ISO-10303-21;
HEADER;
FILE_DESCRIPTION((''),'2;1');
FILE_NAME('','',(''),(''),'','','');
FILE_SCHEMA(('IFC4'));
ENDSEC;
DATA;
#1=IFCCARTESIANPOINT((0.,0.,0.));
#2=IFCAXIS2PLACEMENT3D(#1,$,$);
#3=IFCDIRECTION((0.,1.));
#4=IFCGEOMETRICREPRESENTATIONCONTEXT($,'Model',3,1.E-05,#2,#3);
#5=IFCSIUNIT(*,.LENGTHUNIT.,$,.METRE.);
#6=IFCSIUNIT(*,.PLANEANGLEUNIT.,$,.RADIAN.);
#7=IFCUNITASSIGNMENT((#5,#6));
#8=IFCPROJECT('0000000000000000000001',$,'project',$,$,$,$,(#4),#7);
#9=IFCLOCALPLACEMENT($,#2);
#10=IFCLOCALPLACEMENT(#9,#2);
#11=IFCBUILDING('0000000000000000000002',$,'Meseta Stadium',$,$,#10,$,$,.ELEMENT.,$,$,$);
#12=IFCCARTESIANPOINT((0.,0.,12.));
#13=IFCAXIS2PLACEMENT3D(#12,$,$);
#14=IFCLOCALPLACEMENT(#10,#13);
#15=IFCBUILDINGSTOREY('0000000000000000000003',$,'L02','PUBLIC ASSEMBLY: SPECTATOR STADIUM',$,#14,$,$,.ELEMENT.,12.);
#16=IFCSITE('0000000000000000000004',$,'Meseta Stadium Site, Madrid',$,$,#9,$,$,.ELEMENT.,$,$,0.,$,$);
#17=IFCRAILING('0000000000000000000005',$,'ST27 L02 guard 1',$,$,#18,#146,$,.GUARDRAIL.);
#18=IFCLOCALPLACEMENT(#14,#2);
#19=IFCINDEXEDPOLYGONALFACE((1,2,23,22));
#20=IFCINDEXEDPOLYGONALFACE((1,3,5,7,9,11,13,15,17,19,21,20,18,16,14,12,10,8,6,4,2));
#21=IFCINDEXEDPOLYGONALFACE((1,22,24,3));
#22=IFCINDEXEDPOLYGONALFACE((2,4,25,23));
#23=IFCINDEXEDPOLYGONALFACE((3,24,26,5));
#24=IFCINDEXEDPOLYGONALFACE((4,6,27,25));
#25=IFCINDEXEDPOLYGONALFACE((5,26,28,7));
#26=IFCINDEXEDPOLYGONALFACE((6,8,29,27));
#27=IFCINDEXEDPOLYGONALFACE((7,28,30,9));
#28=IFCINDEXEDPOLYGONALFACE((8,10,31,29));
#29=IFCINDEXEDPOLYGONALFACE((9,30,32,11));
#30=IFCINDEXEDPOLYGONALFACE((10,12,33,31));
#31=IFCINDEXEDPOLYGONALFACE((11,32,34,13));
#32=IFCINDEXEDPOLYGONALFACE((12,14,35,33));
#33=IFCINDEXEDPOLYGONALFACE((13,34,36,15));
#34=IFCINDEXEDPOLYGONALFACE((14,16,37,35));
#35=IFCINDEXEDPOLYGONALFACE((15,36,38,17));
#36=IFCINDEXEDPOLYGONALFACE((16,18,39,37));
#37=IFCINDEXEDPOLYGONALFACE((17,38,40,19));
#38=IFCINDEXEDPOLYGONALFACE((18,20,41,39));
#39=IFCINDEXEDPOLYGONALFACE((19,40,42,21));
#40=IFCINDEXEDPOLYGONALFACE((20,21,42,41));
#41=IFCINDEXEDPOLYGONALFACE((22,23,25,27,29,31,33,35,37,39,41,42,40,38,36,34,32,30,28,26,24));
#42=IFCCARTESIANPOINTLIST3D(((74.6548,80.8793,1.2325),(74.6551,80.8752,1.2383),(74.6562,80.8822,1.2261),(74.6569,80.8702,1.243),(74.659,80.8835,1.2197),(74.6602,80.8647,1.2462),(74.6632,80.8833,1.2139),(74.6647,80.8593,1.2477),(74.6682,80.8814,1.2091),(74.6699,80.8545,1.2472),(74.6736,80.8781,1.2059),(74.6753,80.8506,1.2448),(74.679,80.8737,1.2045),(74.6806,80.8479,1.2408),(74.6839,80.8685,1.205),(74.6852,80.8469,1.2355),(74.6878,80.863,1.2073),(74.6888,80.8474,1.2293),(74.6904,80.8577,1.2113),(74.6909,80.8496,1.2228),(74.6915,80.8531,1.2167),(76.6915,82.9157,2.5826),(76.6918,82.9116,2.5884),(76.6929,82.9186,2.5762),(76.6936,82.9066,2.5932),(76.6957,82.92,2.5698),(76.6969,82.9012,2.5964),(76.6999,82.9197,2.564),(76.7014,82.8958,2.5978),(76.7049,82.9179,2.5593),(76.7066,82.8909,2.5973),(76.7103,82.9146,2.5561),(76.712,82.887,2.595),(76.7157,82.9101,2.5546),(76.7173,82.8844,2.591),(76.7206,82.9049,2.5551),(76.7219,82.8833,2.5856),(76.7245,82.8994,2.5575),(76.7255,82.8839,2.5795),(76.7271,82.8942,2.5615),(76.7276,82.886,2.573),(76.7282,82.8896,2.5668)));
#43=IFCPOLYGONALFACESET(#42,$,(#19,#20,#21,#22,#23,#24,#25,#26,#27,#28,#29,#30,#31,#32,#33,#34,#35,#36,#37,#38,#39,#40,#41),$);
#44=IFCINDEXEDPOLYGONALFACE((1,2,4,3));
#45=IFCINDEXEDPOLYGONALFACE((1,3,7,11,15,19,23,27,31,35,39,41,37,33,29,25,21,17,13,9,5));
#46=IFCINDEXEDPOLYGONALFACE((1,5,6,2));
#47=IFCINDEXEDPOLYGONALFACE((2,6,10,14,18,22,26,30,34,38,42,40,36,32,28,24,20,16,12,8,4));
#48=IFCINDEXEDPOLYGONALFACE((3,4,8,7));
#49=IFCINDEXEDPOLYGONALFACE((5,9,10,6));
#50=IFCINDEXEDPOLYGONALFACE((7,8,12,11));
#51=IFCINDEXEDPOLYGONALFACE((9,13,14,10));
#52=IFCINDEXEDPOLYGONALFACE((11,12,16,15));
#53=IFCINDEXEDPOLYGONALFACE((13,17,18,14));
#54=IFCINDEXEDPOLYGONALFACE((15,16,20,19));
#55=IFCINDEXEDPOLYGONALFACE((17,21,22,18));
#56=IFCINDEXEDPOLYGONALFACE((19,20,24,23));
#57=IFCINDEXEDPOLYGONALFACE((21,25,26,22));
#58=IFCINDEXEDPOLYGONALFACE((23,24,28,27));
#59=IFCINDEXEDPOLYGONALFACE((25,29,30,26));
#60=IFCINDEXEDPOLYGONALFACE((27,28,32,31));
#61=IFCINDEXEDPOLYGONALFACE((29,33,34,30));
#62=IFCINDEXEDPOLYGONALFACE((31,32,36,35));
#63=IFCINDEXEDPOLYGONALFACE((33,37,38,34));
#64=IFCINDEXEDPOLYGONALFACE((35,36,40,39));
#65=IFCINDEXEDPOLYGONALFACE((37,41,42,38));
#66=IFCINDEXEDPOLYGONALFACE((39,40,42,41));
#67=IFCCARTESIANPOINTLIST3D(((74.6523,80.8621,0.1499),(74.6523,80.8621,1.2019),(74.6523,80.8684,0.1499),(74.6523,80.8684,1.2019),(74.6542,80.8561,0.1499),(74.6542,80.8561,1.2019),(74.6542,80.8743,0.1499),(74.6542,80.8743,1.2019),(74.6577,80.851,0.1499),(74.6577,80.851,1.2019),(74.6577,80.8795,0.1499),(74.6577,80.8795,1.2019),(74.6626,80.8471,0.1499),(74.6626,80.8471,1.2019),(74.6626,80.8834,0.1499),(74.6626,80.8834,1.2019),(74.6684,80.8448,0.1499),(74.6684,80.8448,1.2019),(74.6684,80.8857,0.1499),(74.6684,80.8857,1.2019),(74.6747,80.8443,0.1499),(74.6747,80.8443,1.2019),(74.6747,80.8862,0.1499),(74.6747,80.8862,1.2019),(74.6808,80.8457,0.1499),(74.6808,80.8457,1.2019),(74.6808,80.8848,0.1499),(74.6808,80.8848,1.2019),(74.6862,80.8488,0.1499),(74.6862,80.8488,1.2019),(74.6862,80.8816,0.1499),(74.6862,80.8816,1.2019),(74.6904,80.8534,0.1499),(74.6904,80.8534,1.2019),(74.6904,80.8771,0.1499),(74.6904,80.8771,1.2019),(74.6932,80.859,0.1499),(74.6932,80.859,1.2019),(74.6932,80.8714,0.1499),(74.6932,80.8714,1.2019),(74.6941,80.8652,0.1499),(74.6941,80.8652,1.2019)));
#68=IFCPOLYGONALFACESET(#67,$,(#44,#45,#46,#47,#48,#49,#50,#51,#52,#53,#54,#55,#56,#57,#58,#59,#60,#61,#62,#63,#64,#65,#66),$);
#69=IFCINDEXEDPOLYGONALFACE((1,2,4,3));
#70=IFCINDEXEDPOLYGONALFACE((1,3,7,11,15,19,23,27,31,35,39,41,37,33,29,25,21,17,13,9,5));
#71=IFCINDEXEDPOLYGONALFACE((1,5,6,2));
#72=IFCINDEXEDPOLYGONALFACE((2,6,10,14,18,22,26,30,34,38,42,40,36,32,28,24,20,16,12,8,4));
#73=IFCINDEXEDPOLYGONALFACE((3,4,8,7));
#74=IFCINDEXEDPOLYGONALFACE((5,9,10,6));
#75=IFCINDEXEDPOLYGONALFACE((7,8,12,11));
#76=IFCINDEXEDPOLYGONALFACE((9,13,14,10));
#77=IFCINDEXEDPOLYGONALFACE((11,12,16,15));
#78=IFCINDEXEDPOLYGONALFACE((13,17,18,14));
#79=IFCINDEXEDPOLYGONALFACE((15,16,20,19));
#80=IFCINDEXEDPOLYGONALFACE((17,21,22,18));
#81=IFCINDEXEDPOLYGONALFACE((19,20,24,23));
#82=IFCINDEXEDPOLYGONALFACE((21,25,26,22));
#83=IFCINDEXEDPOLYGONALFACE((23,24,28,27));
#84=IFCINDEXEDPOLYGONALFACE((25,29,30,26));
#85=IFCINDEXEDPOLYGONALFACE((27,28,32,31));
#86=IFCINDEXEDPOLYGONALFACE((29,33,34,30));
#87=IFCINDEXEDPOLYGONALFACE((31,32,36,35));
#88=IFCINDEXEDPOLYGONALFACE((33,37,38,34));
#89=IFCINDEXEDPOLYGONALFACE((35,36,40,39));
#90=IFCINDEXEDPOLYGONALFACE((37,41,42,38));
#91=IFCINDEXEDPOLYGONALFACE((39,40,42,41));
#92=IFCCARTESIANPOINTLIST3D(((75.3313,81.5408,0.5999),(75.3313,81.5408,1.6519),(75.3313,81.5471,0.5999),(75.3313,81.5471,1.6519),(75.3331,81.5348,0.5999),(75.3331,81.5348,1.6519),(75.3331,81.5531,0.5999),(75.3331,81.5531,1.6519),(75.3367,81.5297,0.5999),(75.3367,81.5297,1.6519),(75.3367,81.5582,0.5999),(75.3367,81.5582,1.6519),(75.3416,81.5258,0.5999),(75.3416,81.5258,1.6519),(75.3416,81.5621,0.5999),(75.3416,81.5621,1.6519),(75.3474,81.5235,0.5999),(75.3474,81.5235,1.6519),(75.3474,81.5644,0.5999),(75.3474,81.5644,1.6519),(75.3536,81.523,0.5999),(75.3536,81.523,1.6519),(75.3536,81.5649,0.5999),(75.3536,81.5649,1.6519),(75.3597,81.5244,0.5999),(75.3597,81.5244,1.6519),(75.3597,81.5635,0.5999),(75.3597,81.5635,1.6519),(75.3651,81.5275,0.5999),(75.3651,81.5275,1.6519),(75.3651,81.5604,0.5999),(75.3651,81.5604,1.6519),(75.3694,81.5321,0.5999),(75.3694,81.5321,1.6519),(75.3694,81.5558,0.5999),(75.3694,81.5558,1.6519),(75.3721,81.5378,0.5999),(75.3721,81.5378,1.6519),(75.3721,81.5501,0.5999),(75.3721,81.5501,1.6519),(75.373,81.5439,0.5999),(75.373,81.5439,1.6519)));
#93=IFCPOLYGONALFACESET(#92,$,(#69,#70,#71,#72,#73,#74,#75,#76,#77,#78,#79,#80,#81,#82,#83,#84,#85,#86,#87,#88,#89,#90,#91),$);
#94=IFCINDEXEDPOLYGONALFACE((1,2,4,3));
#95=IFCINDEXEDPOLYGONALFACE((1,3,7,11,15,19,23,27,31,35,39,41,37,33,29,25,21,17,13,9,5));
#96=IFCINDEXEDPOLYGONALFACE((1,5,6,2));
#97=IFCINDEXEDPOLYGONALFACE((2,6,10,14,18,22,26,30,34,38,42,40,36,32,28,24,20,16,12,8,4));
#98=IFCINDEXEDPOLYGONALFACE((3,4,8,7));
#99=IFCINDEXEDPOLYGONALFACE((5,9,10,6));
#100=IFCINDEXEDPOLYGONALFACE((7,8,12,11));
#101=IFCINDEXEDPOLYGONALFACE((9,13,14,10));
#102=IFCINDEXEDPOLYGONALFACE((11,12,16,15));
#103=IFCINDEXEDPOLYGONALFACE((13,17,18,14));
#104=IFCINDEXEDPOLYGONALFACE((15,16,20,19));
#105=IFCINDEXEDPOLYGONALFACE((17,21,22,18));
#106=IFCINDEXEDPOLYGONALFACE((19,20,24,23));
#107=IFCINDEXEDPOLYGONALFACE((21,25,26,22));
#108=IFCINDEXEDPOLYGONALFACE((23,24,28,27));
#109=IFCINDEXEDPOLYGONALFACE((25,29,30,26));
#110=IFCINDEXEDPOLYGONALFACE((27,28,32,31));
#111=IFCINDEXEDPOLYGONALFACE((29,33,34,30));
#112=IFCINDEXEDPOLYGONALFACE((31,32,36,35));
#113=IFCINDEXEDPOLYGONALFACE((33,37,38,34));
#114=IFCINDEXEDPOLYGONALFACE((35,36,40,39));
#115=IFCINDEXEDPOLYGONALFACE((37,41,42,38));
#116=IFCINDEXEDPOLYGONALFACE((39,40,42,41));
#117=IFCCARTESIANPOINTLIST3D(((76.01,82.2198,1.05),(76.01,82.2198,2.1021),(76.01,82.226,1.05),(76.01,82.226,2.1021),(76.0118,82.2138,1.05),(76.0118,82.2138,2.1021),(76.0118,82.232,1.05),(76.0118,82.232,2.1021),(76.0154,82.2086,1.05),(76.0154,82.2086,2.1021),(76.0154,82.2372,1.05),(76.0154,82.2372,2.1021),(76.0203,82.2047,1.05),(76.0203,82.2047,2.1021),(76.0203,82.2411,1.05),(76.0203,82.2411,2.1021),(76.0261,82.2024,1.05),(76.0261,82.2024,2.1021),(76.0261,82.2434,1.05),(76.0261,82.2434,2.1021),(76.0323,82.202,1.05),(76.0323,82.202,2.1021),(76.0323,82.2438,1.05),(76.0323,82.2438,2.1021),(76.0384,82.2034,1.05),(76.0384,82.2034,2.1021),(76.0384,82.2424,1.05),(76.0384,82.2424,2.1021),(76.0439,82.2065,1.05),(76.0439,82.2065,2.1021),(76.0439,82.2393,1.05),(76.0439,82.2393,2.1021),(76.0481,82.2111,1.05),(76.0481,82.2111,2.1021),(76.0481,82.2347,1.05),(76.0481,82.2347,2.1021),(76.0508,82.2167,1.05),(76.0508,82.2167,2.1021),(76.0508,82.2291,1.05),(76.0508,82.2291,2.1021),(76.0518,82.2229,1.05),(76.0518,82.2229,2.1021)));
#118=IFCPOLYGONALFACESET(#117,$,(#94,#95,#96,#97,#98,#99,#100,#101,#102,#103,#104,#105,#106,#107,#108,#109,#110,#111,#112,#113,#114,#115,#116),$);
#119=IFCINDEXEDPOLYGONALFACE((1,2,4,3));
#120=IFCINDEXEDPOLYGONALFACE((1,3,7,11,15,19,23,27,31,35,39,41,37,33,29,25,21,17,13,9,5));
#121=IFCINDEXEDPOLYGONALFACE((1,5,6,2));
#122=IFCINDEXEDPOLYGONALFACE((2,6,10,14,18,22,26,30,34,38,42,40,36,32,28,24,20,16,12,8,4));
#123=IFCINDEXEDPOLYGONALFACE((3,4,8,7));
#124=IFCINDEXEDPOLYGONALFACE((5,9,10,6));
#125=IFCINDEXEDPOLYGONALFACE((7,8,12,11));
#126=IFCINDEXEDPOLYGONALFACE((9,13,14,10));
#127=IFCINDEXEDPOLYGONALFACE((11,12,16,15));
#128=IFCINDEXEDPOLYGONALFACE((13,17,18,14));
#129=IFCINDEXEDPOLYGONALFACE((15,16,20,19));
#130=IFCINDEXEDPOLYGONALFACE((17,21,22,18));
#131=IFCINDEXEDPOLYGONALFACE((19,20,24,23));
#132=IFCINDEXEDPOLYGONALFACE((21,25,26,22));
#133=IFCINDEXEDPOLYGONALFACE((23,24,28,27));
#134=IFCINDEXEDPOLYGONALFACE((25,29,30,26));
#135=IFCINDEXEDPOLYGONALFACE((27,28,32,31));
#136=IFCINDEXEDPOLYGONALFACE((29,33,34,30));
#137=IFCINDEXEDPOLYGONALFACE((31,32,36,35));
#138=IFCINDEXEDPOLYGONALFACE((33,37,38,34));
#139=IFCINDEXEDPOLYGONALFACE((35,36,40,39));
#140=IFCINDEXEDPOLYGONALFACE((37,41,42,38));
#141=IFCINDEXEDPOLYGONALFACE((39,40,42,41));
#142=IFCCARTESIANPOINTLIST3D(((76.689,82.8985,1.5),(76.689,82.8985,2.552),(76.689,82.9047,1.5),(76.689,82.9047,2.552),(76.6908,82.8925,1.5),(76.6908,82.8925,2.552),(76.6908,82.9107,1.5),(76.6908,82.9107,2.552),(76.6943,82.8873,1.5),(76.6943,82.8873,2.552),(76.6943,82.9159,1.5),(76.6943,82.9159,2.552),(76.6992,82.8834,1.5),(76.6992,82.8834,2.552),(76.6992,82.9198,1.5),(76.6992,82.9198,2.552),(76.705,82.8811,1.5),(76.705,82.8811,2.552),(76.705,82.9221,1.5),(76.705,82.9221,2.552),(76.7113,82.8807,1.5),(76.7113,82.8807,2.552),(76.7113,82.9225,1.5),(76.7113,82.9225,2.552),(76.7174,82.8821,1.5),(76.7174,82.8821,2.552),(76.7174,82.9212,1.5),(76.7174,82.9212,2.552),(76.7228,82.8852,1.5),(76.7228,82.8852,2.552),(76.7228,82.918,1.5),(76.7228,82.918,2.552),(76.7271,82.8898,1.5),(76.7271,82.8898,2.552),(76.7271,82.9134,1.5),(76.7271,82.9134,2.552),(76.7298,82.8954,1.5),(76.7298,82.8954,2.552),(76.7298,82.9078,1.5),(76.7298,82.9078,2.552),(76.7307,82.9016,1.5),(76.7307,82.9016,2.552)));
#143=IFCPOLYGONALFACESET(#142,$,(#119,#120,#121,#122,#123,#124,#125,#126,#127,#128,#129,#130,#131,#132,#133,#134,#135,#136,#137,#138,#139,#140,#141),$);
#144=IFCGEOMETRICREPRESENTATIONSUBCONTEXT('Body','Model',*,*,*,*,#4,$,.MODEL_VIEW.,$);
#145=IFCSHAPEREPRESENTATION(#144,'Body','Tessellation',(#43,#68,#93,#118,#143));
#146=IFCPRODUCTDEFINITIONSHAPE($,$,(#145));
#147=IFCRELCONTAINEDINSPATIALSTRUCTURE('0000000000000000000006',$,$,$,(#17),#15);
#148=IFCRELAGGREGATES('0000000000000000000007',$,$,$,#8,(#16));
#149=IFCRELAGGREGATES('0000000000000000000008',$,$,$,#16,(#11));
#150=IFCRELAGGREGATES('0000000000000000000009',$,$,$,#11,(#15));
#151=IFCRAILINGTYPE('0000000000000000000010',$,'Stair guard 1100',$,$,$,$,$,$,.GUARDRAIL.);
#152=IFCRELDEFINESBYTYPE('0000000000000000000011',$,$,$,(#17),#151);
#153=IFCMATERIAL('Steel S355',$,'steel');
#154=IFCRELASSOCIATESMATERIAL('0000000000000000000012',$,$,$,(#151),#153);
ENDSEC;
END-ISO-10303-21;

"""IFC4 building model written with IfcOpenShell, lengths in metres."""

from ifc_helpers import new_model, si_unit, direction, frame, origin, origin_2d, place, context, subcontext, project, spatial, circle, extrude, material, type_object, element, save


model = new_model("IFC4")

# Units and contexts
model_context = context("Model", 3, precision=1e-05, world=origin(), true_north=direction((0.0, 1.0)))
body_context = subcontext(model_context, "Body", "Model", "MODEL_VIEW")
ifc_project = project(units=[si_unit("LENGTHUNIT", "METRE"), si_unit("PLANEANGLEUNIT", "RADIAN")], contexts=[model_context])

# Site, building, storey
site_placement = place(None, origin())
site = spatial("IfcSite", under=ifc_project, at=site_placement, Name="Meseta Stadium Site, Madrid", CompositionType="ELEMENT", RefElevation=0.0)
building_placement = place(site_placement, origin())
building = spatial("IfcBuilding", under=site, at=building_placement, Name="Meseta Stadium", CompositionType="ELEMENT")
storey_placement = place(building_placement, frame((0.0, 0.0, 12.0)))
storey = spatial("IfcBuildingStorey", under=building, at=storey_placement, Name="L02", Description="PUBLIC ASSEMBLY: SPECTATOR STADIUM", CompositionType="ELEMENT", Elevation=12.0)

# Railing
ifc_material_1 = material(Name="Steel S355", Category="steel")
railing_type_1 = type_object("IfcRailingType", Name="Stair guard 1100", PredefinedType="GUARDRAIL", material=ifc_material_1)
railing_1_placement = place(storey_placement, frame((74.6731, 80.8652, 0.1499)))
element("IfcRailing", 1, at=railing_1_placement, inside=storey, type_object=railing_type_1, Name="ST27 L02 guard 1", PredefinedType="GUARDRAIL", context=body_context, shape_type="SweptSolid", body=[
    extrude(circle(Radius=0.0239, at=origin_2d()), frame((0.0, 0.0, 1.0762), z_axis=(0.640288, 0.640211, 0.424454), x_axis=(-0.707064, 0.707149, 0.0)), (0.0, 0.0, 1.0), 3.1809),
    extrude(circle(Radius=0.021, at=origin_2d()), origin(), (0.0, 0.0, 1.0), 1.052),
    extrude(circle(Radius=0.021, at=origin_2d()), frame((0.679, 0.6787, 0.45)), (0.0, 0.0, 1.0), 1.052),
    extrude(circle(Radius=0.021, at=origin_2d()), frame((1.3577, 1.3577, 0.9001)), (0.0, 0.0, 1.0), 1.052),
    extrude(circle(Radius=0.021, at=origin_2d()), frame((2.0366, 2.0364, 1.3501)), (0.0, 0.0, 1.0), 1.052),
])

save(model, "model.ifc")
